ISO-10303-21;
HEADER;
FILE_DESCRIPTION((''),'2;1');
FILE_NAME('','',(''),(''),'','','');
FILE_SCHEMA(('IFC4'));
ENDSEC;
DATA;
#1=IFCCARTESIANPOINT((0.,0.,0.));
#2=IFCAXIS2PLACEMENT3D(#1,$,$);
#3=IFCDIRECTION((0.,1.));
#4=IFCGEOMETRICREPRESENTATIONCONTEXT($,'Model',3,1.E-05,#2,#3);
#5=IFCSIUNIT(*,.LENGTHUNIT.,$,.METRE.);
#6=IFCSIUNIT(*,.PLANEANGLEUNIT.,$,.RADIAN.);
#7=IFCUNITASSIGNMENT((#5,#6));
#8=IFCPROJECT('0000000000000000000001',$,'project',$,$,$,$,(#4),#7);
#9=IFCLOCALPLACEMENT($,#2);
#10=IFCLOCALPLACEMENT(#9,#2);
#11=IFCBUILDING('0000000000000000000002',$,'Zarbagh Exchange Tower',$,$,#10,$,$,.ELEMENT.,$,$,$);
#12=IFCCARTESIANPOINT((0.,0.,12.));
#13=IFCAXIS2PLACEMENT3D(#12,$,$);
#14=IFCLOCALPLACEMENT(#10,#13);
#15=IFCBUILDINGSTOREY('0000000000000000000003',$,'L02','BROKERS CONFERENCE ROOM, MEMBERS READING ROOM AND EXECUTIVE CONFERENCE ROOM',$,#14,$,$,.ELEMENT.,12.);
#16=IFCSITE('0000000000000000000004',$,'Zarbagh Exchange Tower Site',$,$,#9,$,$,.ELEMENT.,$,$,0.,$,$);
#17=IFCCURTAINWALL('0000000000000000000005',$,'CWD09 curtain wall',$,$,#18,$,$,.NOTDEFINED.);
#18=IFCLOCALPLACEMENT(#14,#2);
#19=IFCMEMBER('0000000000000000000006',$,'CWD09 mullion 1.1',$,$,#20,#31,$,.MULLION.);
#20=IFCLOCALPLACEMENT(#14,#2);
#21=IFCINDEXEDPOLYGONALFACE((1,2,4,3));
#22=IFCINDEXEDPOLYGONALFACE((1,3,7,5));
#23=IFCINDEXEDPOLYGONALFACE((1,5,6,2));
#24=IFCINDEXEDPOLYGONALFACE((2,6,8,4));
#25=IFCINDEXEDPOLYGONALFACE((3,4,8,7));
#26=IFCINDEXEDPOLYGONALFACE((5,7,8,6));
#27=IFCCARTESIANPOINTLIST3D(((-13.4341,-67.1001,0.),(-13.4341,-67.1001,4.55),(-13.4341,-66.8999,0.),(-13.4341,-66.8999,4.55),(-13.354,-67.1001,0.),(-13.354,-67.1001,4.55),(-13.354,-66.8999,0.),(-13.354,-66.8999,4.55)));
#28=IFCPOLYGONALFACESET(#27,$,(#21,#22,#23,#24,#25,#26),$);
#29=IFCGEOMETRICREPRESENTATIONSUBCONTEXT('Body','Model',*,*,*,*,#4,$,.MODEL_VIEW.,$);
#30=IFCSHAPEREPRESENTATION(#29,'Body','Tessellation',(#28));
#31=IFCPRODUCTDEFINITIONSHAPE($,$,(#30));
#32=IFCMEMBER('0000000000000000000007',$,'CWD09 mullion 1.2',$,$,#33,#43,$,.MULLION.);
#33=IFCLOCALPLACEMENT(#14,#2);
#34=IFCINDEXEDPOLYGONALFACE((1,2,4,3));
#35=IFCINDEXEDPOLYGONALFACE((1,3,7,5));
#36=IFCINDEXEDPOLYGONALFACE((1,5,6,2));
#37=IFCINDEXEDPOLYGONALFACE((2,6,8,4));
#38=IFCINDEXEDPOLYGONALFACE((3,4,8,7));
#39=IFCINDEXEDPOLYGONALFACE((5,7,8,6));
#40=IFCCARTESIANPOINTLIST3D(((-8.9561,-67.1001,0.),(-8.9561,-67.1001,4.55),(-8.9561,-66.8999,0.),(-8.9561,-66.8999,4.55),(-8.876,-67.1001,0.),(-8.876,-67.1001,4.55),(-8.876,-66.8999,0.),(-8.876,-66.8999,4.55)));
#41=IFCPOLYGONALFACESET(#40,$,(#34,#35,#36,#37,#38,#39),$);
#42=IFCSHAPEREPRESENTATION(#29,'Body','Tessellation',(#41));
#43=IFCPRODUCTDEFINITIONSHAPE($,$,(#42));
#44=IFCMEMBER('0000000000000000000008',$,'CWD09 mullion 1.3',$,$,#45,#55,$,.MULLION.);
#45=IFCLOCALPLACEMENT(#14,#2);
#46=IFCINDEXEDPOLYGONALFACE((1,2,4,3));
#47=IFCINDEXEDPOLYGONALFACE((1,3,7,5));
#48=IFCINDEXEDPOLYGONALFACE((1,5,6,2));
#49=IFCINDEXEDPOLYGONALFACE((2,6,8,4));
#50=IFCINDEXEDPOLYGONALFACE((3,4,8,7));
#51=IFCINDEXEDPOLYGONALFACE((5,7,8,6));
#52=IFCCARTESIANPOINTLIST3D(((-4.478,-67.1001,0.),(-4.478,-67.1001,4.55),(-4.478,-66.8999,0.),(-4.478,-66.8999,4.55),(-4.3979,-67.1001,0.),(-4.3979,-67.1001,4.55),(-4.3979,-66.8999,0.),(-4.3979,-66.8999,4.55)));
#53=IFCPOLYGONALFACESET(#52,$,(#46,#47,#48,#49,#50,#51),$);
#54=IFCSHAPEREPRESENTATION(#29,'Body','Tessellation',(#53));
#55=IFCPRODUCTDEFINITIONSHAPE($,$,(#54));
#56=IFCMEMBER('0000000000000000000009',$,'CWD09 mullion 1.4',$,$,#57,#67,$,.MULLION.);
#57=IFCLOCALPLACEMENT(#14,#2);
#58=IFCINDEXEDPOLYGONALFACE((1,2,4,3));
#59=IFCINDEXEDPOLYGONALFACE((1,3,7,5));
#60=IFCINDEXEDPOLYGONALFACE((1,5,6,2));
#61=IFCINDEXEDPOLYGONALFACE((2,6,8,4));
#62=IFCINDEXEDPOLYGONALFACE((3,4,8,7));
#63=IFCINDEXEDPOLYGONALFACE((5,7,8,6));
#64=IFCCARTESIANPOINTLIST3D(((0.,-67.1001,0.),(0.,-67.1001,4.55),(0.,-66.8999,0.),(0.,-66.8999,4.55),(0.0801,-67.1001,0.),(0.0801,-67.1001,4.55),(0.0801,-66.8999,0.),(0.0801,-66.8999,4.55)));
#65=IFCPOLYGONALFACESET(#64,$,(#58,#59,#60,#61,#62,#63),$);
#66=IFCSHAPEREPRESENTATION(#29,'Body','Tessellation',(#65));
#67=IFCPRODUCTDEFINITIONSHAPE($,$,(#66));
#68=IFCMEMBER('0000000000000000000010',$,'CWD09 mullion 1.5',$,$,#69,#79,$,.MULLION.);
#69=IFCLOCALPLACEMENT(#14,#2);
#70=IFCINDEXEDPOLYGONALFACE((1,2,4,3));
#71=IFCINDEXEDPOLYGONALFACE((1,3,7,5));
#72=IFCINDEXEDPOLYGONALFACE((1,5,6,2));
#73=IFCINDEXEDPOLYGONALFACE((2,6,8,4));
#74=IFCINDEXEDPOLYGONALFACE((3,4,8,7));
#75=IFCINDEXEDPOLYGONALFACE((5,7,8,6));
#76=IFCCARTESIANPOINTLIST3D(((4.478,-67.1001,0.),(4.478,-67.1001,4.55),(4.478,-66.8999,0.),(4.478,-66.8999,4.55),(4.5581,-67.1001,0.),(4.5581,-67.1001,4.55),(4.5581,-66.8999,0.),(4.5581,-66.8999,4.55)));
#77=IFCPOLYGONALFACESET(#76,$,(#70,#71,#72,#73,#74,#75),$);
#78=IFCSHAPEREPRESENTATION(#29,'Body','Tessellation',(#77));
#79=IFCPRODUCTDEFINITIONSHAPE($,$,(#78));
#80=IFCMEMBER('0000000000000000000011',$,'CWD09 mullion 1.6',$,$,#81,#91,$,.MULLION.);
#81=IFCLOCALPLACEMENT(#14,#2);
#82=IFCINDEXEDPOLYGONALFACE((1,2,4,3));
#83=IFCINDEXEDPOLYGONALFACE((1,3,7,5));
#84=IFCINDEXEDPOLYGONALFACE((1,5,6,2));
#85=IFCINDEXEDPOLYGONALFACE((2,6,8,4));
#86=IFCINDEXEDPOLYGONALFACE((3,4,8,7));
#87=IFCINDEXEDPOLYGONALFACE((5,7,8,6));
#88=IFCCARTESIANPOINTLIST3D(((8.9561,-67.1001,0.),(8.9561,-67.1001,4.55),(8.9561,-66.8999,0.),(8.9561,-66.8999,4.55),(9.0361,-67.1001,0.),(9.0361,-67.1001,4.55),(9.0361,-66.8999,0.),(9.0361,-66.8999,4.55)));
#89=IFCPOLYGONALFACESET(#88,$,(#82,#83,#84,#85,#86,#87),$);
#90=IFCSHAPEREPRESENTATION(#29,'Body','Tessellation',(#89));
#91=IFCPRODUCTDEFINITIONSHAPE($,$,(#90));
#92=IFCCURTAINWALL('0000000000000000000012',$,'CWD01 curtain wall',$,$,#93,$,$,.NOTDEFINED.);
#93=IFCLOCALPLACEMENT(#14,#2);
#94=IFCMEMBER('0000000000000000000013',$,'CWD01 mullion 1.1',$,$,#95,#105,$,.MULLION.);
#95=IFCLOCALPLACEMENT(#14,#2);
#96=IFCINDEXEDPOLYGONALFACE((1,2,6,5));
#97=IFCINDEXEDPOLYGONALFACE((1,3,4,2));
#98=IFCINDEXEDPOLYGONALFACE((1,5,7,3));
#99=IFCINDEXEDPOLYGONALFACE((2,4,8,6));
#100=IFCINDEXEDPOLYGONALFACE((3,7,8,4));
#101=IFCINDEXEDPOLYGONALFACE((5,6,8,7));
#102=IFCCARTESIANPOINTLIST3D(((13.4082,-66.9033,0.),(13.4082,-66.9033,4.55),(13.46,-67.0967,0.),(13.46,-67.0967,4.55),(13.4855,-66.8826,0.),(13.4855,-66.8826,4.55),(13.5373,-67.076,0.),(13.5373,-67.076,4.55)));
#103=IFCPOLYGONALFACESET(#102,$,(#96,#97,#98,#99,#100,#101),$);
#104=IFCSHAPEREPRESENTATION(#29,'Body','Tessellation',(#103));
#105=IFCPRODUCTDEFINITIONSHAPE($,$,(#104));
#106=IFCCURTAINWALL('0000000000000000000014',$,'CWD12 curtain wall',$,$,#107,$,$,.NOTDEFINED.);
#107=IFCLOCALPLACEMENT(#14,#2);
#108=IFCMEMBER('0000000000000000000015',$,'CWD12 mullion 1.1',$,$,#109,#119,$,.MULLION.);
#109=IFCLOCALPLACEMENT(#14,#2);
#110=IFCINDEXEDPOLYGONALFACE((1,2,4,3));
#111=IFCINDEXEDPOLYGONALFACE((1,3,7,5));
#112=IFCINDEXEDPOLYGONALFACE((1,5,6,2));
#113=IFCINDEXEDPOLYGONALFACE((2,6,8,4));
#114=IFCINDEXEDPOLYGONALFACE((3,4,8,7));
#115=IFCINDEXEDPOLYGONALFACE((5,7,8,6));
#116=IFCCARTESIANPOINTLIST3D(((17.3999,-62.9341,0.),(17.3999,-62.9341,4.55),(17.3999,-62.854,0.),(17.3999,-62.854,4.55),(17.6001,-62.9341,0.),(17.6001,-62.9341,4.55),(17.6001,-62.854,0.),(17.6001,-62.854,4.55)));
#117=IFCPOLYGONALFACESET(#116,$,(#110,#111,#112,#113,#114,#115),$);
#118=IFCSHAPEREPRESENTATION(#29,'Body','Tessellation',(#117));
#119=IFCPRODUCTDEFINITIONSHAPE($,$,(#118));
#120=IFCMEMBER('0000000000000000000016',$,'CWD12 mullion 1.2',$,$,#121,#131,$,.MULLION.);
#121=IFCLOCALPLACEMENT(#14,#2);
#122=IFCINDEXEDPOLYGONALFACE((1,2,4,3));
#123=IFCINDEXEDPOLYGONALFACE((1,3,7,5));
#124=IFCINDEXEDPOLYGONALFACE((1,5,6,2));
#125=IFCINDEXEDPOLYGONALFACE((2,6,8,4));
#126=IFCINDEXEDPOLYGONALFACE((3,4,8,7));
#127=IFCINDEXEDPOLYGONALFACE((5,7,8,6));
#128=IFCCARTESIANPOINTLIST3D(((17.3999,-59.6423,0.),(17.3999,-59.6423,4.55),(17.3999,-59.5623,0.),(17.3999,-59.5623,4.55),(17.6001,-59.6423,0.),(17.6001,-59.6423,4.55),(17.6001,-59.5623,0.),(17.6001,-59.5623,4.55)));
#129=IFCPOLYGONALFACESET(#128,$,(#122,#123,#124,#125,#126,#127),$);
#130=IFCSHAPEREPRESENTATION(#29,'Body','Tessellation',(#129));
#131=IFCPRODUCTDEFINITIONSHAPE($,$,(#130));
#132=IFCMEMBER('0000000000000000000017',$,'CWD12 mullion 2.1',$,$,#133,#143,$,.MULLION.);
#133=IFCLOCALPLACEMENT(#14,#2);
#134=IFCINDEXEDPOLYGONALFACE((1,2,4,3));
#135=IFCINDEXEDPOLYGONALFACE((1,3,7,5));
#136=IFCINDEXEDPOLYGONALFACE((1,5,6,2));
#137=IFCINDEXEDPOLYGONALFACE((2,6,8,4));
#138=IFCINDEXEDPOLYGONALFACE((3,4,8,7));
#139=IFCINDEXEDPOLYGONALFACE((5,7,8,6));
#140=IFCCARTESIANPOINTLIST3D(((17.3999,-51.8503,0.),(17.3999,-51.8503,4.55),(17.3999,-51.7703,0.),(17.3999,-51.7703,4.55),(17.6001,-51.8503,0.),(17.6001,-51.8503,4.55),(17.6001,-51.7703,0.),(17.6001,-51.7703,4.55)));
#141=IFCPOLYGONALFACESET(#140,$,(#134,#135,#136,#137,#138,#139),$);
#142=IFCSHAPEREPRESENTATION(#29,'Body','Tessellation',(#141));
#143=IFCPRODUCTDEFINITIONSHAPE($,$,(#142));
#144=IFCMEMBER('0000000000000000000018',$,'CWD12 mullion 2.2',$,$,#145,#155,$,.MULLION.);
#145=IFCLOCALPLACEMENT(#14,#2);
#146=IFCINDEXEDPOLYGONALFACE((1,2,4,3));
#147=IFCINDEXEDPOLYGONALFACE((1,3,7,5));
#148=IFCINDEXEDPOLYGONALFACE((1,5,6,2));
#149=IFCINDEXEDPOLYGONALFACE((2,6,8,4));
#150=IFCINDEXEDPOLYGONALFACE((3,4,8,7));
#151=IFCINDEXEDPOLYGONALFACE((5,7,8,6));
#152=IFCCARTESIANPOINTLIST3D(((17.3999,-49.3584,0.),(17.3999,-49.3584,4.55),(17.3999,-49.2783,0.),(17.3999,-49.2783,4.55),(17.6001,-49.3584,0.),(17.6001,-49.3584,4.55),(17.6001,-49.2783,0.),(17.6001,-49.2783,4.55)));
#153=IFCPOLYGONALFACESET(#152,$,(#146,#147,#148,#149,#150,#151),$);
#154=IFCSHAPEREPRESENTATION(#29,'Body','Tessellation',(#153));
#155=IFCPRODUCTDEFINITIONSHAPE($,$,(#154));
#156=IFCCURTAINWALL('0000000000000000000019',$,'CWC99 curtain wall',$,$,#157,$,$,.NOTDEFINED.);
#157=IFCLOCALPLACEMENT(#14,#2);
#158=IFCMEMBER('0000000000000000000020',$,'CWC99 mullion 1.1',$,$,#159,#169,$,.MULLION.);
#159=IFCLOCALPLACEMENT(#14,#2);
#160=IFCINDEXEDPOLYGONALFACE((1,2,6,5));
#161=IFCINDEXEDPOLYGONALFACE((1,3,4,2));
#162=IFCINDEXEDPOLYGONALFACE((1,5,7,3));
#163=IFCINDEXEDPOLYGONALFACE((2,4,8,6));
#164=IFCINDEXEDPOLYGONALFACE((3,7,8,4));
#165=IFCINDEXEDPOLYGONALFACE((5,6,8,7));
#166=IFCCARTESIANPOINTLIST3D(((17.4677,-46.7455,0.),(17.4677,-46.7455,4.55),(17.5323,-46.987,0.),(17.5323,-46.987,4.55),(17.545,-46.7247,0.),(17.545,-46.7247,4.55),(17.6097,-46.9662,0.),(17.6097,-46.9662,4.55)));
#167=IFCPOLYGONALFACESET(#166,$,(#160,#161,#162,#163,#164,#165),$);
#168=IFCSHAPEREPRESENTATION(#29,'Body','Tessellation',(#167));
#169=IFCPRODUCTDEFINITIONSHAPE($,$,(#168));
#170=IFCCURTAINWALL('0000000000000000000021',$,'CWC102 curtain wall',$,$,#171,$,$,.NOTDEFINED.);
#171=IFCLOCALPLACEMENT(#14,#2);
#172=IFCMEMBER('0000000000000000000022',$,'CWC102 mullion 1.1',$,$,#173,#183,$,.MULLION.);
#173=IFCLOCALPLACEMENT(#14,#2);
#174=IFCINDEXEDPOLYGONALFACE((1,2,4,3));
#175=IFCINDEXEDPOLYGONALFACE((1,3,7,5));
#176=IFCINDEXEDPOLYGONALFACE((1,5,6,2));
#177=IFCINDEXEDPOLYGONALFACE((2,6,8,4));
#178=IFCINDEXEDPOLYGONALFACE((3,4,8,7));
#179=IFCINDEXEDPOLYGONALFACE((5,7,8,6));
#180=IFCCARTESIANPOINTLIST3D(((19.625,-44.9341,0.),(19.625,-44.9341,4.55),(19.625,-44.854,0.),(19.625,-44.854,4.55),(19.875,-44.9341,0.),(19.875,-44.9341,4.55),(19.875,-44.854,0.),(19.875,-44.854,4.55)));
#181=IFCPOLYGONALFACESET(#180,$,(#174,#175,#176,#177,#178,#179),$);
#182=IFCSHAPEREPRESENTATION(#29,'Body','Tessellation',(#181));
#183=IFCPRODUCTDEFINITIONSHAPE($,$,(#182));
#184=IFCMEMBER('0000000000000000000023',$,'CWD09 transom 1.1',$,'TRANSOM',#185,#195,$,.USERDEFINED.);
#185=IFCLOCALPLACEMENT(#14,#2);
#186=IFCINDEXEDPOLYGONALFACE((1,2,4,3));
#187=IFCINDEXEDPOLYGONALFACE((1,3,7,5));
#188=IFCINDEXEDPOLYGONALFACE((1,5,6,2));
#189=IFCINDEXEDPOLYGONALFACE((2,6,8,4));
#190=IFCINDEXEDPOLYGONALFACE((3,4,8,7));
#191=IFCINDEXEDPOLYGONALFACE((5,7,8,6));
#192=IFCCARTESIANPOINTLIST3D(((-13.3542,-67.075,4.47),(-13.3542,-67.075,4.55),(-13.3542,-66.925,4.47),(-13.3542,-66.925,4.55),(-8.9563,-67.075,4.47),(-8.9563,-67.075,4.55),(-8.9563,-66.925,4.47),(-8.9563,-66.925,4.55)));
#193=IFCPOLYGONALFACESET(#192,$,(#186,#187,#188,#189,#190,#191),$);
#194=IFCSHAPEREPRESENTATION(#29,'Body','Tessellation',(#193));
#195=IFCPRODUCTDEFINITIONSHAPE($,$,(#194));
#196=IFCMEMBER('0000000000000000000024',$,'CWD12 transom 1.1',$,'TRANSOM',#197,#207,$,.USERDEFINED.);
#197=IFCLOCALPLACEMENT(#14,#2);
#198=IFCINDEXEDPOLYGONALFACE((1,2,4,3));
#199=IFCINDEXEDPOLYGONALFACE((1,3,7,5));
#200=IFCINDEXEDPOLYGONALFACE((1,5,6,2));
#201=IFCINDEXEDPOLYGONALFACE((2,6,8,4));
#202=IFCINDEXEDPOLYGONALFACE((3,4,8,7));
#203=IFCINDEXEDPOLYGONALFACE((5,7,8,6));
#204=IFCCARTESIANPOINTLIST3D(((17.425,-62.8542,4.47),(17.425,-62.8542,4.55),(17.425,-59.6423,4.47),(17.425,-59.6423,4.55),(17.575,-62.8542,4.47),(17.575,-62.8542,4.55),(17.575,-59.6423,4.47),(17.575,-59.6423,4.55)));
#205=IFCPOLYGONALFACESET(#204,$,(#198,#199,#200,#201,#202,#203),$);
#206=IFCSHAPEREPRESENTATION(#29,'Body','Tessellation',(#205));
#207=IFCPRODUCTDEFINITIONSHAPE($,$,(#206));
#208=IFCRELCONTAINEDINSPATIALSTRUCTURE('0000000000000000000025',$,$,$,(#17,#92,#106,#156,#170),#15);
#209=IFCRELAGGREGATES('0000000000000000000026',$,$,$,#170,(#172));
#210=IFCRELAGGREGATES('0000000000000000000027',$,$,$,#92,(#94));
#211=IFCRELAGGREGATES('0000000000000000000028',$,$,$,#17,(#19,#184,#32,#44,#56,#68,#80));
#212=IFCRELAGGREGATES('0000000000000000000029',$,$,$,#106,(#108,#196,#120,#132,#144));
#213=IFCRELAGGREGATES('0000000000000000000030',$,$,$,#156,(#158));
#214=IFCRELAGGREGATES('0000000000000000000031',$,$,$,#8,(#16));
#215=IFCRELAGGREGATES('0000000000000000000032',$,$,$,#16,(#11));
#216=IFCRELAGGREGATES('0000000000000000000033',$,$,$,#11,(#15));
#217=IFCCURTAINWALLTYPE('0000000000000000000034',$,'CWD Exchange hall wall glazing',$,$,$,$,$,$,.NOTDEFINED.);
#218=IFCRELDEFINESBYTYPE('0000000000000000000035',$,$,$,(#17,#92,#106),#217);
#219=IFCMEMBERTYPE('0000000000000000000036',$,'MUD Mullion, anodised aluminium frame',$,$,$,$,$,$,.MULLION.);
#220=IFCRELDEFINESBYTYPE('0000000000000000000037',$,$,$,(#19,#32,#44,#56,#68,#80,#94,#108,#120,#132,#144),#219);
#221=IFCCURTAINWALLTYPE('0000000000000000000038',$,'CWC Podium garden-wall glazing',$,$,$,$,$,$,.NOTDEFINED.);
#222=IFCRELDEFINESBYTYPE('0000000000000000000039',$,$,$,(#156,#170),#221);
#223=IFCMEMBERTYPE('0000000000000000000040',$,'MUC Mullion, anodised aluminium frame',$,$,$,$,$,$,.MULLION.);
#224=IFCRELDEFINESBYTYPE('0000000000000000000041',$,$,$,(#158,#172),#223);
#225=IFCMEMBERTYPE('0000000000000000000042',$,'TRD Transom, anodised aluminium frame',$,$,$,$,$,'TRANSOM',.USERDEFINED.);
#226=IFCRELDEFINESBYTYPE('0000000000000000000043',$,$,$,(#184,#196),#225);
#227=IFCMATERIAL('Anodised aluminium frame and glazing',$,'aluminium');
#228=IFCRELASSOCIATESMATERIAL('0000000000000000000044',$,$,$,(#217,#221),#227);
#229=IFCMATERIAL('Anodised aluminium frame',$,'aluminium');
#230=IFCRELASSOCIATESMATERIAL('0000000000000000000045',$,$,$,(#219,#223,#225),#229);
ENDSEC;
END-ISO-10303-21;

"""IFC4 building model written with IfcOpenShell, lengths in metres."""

from ifc_helpers import new_model, si_unit, direction, frame, origin, place, context, subcontext, project, spatial, polyline, outline, extrude, source, transform, mapped, material, type_object, element, aggregate, save


model = new_model("IFC4")

# Units and contexts
model_context = context("Model", 3, precision=1e-05, world=origin(), true_north=direction((0.0, 1.0)))
body_context = subcontext(model_context, "Body", "Model", "MODEL_VIEW")
ifc_project = project(units=[si_unit("LENGTHUNIT", "METRE"), si_unit("PLANEANGLEUNIT", "RADIAN")], contexts=[model_context])

# Site, building, storey
site_placement = place(None, origin())
site = spatial("IfcSite", under=ifc_project, at=site_placement, Name="Zarbagh Exchange Tower Site", CompositionType="ELEMENT", RefElevation=0.0)
building_placement = place(site_placement, origin())
building = spatial("IfcBuilding", under=site, at=building_placement, Name="Zarbagh Exchange Tower", CompositionType="ELEMENT")
storey_placement = place(building_placement, frame((0.0, 0.0, 12.0)))
storey = spatial("IfcBuildingStorey", under=building, at=storey_placement, Name="L02", Description="BROKERS CONFERENCE ROOM, MEMBERS READING ROOM AND EXECUTIVE CONFERENCE ROOM", CompositionType="ELEMENT", Elevation=12.0)

# Curtain wall, members
ifc_material_1 = material(Name="Anodised aluminium frame and glazing", Category="aluminium")
curtain_wall_type_1 = type_object("IfcCurtainWallType", Name="CWD Exchange hall wall glazing", PredefinedType="NOTDEFINED", material=ifc_material_1)
curtain_wall_1_placement = place(storey_placement, origin())
curtain_wall_1 = element("IfcCurtainWall", 1, at=curtain_wall_1_placement, inside=storey, type_object=curtain_wall_type_1, Name="CWD09 curtain wall", PredefinedType="NOTDEFINED")
ifc_material_2 = material(Name="Anodised aluminium frame", Category="aluminium")
member_type_1 = type_object("IfcMemberType", Name="MUD Mullion, anodised aluminium frame", PredefinedType="MULLION", material=ifc_material_2)
shared_shape_1 = source(origin(), body_context, "Body", "SweptSolid", [
    extrude(outline(polyline([(0.0, -0.1001), (0.0801, -0.1001), (0.0801, 0.1001), (0.0, 0.1001), (0.0, -0.1001)])), origin(), (0.0, 0.0, 1.0), 4.55),
])
placement = place(storey_placement, origin())
member_1 = element("IfcMember", 2, at=placement, type_object=member_type_1, Name="CWD09 mullion 1.1", PredefinedType="MULLION", context=body_context, shape_type="MappedRepresentation", body=[
    mapped(shared_shape_1, transform((-13.4341, -67.0, 0.0), x_axis=(1.0, 0.0, 0.0), y_axis=(0.0, 1.0, 0.0), z_axis=(0.0, 0.0, 1.0))),
])
member_2 = element("IfcMember", 3, at=placement, type_object=member_type_1, Name="CWD09 mullion 1.2", PredefinedType="MULLION", context=body_context, shape_type="MappedRepresentation", body=[
    mapped(shared_shape_1, transform((-8.9561, -67.0, 0.0), x_axis=(1.0, 0.0, 0.0), y_axis=(0.0, 1.0, 0.0), z_axis=(0.0, 0.0, 1.0))),
])
member_3 = element("IfcMember", 4, at=placement, type_object=member_type_1, Name="CWD09 mullion 1.3", PredefinedType="MULLION", context=body_context, shape_type="MappedRepresentation", body=[
    mapped(shared_shape_1, transform((-4.478, -67.0, 0.0), x_axis=(1.0, 0.0, 0.0), y_axis=(0.0, 1.0, 0.0), z_axis=(0.0, 0.0, 1.0))),
])
member_4 = element("IfcMember", 5, at=placement, type_object=member_type_1, Name="CWD09 mullion 1.4", PredefinedType="MULLION", context=body_context, shape_type="MappedRepresentation", body=[
    mapped(shared_shape_1, transform((0.0, -67.0, 0.0), x_axis=(1.0, 0.0, 0.0), y_axis=(0.0, 1.0, 0.0), z_axis=(0.0, 0.0, 1.0))),
])
member_5 = element("IfcMember", 6, at=placement, type_object=member_type_1, Name="CWD09 mullion 1.5", PredefinedType="MULLION", context=body_context, shape_type="MappedRepresentation", body=[
    mapped(shared_shape_1, transform((4.478, -67.0, 0.0), x_axis=(1.0, 0.0, 0.0), y_axis=(0.0, 1.0, 0.0), z_axis=(0.0, 0.0, 1.0))),
])
member_6 = element("IfcMember", 7, at=placement, type_object=member_type_1, Name="CWD09 mullion 1.6", PredefinedType="MULLION", context=body_context, shape_type="MappedRepresentation", body=[
    mapped(shared_shape_1, transform((8.9561, -67.0, 0.0), x_axis=(1.0, 0.0, 0.0), y_axis=(0.0, 1.0, 0.0), z_axis=(0.0, 0.0, 1.0))),
])

# Curtain wall, member
curtain_wall_2_placement = place(storey_placement, origin())
curtain_wall_2 = element("IfcCurtainWall", 8, at=curtain_wall_2_placement, inside=storey, type_object=curtain_wall_type_1, Name="CWD01 curtain wall", PredefinedType="NOTDEFINED")
member_7 = element("IfcMember", 9, at=placement, type_object=member_type_1, Name="CWD01 mullion 1.1", PredefinedType="MULLION", context=body_context, shape_type="MappedRepresentation", body=[
    mapped(shared_shape_1, transform((13.4341, -67.0, 0.0), x_axis=(0.965924, 0.258825, 0.0), y_axis=(-0.258825, 0.965924, 0.0), z_axis=(0.0, 0.0, 1.0))),
])

# Curtain wall, members
curtain_wall_3_placement = place(storey_placement, origin())
curtain_wall_3 = element("IfcCurtainWall", 10, at=curtain_wall_3_placement, inside=storey, type_object=curtain_wall_type_1, Name="CWD12 curtain wall", PredefinedType="NOTDEFINED")
member_8 = element("IfcMember", 11, at=placement, type_object=member_type_1, Name="CWD12 mullion 1.1", PredefinedType="MULLION", context=body_context, shape_type="MappedRepresentation", body=[
    mapped(shared_shape_1, transform((17.5, -62.9341, 0.0), x_axis=(0.0, 1.0, 0.0), y_axis=(-1.0, 0.0, 0.0), z_axis=(0.0, 0.0, 1.0))),
])
member_9 = element("IfcMember", 12, at=placement, type_object=member_type_1, Name="CWD12 mullion 1.2", PredefinedType="MULLION", context=body_context, shape_type="MappedRepresentation", body=[
    mapped(shared_shape_1, transform((17.5, -59.6423, 0.0), x_axis=(0.0, 1.0, 0.0), y_axis=(-1.0, 0.0, 0.0), z_axis=(0.0, 0.0, 1.0))),
])
member_10 = element("IfcMember", 13, at=placement, type_object=member_type_1, Name="CWD12 mullion 2.1", PredefinedType="MULLION", context=body_context, shape_type="MappedRepresentation", body=[
    mapped(shared_shape_1, transform((17.5, -51.8503, 0.0), x_axis=(0.0, 1.0, 0.0), y_axis=(-1.0, 0.0, 0.0), z_axis=(0.0, 0.0, 1.0))),
])
member_11 = element("IfcMember", 14, at=placement, type_object=member_type_1, Name="CWD12 mullion 2.2", PredefinedType="MULLION", context=body_context, shape_type="MappedRepresentation", body=[
    mapped(shared_shape_1, transform((17.5, -49.3584, 0.0), x_axis=(0.0, 1.0, 0.0), y_axis=(-1.0, 0.0, 0.0), z_axis=(0.0, 0.0, 1.0))),
])

# Curtain walls, members
curtain_wall_type_2 = type_object("IfcCurtainWallType", Name="CWC Podium garden-wall glazing", PredefinedType="NOTDEFINED", material=ifc_material_1)
curtain_wall_4_placement = place(storey_placement, origin())
curtain_wall_4 = element("IfcCurtainWall", 15, at=curtain_wall_4_placement, inside=storey, type_object=curtain_wall_type_2, Name="CWC99 curtain wall", PredefinedType="NOTDEFINED")
member_type_2 = type_object("IfcMemberType", Name="MUC Mullion, anodised aluminium frame", PredefinedType="MULLION", material=ifc_material_2)
shared_shape_2 = source(origin(), body_context, "Body", "SweptSolid", [
    extrude(outline(polyline([(0.0, -0.125), (0.0801, -0.125), (0.0801, 0.125), (0.0, 0.125), (0.0, -0.125)])), origin(), (0.0, 0.0, 1.0), 4.55),
])
member_12 = element("IfcMember", 16, at=placement, type_object=member_type_2, Name="CWC99 mullion 1.1", PredefinedType="MULLION", context=body_context, shape_type="MappedRepresentation", body=[
    mapped(shared_shape_2, transform((17.5, -46.8662, 0.0), x_axis=(0.965935, 0.258785, 0.0), y_axis=(-0.258785, 0.965935, 0.0), z_axis=(0.0, 0.0, 1.0))),
])
curtain_wall_5_placement = place(storey_placement, origin())
curtain_wall_5 = element("IfcCurtainWall", 17, at=curtain_wall_5_placement, inside=storey, type_object=curtain_wall_type_2, Name="CWC102 curtain wall", PredefinedType="NOTDEFINED")
member_13 = element("IfcMember", 18, at=placement, type_object=member_type_2, Name="CWC102 mullion 1.1", PredefinedType="MULLION", context=body_context, shape_type="MappedRepresentation", body=[
    mapped(shared_shape_2, transform((19.75, -44.9341, 0.0), x_axis=(0.0, 1.0, 0.0), y_axis=(-1.0, 0.0, 0.0), z_axis=(0.0, 0.0, 1.0))),
])

# Members
member_type_3 = type_object("IfcMemberType", Name="TRD Transom, anodised aluminium frame", ElementType="TRANSOM", PredefinedType="USERDEFINED", material=ifc_material_2)
shared_shape_3 = source(origin(), body_context, "Body", "SweptSolid", [
    extrude(outline(polyline([(-0.0801, -0.075), (0.0, -0.075), (0.0, 0.075), (-0.0801, 0.075), (-0.0801, -0.075)])), origin(), (0.0, 0.0, 1.0), 4.3979),
])
member_14 = element("IfcMember", 19, at=placement, type_object=member_type_3, Name="CWD09 transom 1.1", ObjectType="TRANSOM", PredefinedType="USERDEFINED", context=body_context, shape_type="MappedRepresentation", body=[
    mapped(shared_shape_3, transform((-13.3542, -67.0, 4.55), x_axis=(0.0, 0.0, 1.0), y_axis=(0.0, -1.0, 0.0), z_axis=(1.0, 0.0, 0.0))),
])
shared_shape_4 = source(origin(), body_context, "Body", "SweptSolid", [
    extrude(outline(polyline([(-0.0801, -0.075), (0.0, -0.075), (0.0, 0.075), (-0.0801, 0.075), (-0.0801, -0.075)])), origin(), (0.0, 0.0, 1.0), 3.2119),
])
member_15 = element("IfcMember", 20, at=placement, type_object=member_type_3, Name="CWD12 transom 1.1", ObjectType="TRANSOM", PredefinedType="USERDEFINED", context=body_context, shape_type="MappedRepresentation", body=[
    mapped(shared_shape_4, transform((17.5, -62.8542, 4.55), x_axis=(0.0, 0.0, 1.0), y_axis=(1.0, 0.0, 0.0), z_axis=(0.0, 1.0, 0.0))),
])
aggregate(curtain_wall_5, [member_13])

aggregate(curtain_wall_2, [member_7])

aggregate(curtain_wall_1, [member_1, member_14, member_2, member_3, member_4, member_5, member_6])
aggregate(curtain_wall_3, [member_8, member_15, member_9, member_10, member_11])
aggregate(curtain_wall_4, [member_12])

save(model, "model.ifc")
